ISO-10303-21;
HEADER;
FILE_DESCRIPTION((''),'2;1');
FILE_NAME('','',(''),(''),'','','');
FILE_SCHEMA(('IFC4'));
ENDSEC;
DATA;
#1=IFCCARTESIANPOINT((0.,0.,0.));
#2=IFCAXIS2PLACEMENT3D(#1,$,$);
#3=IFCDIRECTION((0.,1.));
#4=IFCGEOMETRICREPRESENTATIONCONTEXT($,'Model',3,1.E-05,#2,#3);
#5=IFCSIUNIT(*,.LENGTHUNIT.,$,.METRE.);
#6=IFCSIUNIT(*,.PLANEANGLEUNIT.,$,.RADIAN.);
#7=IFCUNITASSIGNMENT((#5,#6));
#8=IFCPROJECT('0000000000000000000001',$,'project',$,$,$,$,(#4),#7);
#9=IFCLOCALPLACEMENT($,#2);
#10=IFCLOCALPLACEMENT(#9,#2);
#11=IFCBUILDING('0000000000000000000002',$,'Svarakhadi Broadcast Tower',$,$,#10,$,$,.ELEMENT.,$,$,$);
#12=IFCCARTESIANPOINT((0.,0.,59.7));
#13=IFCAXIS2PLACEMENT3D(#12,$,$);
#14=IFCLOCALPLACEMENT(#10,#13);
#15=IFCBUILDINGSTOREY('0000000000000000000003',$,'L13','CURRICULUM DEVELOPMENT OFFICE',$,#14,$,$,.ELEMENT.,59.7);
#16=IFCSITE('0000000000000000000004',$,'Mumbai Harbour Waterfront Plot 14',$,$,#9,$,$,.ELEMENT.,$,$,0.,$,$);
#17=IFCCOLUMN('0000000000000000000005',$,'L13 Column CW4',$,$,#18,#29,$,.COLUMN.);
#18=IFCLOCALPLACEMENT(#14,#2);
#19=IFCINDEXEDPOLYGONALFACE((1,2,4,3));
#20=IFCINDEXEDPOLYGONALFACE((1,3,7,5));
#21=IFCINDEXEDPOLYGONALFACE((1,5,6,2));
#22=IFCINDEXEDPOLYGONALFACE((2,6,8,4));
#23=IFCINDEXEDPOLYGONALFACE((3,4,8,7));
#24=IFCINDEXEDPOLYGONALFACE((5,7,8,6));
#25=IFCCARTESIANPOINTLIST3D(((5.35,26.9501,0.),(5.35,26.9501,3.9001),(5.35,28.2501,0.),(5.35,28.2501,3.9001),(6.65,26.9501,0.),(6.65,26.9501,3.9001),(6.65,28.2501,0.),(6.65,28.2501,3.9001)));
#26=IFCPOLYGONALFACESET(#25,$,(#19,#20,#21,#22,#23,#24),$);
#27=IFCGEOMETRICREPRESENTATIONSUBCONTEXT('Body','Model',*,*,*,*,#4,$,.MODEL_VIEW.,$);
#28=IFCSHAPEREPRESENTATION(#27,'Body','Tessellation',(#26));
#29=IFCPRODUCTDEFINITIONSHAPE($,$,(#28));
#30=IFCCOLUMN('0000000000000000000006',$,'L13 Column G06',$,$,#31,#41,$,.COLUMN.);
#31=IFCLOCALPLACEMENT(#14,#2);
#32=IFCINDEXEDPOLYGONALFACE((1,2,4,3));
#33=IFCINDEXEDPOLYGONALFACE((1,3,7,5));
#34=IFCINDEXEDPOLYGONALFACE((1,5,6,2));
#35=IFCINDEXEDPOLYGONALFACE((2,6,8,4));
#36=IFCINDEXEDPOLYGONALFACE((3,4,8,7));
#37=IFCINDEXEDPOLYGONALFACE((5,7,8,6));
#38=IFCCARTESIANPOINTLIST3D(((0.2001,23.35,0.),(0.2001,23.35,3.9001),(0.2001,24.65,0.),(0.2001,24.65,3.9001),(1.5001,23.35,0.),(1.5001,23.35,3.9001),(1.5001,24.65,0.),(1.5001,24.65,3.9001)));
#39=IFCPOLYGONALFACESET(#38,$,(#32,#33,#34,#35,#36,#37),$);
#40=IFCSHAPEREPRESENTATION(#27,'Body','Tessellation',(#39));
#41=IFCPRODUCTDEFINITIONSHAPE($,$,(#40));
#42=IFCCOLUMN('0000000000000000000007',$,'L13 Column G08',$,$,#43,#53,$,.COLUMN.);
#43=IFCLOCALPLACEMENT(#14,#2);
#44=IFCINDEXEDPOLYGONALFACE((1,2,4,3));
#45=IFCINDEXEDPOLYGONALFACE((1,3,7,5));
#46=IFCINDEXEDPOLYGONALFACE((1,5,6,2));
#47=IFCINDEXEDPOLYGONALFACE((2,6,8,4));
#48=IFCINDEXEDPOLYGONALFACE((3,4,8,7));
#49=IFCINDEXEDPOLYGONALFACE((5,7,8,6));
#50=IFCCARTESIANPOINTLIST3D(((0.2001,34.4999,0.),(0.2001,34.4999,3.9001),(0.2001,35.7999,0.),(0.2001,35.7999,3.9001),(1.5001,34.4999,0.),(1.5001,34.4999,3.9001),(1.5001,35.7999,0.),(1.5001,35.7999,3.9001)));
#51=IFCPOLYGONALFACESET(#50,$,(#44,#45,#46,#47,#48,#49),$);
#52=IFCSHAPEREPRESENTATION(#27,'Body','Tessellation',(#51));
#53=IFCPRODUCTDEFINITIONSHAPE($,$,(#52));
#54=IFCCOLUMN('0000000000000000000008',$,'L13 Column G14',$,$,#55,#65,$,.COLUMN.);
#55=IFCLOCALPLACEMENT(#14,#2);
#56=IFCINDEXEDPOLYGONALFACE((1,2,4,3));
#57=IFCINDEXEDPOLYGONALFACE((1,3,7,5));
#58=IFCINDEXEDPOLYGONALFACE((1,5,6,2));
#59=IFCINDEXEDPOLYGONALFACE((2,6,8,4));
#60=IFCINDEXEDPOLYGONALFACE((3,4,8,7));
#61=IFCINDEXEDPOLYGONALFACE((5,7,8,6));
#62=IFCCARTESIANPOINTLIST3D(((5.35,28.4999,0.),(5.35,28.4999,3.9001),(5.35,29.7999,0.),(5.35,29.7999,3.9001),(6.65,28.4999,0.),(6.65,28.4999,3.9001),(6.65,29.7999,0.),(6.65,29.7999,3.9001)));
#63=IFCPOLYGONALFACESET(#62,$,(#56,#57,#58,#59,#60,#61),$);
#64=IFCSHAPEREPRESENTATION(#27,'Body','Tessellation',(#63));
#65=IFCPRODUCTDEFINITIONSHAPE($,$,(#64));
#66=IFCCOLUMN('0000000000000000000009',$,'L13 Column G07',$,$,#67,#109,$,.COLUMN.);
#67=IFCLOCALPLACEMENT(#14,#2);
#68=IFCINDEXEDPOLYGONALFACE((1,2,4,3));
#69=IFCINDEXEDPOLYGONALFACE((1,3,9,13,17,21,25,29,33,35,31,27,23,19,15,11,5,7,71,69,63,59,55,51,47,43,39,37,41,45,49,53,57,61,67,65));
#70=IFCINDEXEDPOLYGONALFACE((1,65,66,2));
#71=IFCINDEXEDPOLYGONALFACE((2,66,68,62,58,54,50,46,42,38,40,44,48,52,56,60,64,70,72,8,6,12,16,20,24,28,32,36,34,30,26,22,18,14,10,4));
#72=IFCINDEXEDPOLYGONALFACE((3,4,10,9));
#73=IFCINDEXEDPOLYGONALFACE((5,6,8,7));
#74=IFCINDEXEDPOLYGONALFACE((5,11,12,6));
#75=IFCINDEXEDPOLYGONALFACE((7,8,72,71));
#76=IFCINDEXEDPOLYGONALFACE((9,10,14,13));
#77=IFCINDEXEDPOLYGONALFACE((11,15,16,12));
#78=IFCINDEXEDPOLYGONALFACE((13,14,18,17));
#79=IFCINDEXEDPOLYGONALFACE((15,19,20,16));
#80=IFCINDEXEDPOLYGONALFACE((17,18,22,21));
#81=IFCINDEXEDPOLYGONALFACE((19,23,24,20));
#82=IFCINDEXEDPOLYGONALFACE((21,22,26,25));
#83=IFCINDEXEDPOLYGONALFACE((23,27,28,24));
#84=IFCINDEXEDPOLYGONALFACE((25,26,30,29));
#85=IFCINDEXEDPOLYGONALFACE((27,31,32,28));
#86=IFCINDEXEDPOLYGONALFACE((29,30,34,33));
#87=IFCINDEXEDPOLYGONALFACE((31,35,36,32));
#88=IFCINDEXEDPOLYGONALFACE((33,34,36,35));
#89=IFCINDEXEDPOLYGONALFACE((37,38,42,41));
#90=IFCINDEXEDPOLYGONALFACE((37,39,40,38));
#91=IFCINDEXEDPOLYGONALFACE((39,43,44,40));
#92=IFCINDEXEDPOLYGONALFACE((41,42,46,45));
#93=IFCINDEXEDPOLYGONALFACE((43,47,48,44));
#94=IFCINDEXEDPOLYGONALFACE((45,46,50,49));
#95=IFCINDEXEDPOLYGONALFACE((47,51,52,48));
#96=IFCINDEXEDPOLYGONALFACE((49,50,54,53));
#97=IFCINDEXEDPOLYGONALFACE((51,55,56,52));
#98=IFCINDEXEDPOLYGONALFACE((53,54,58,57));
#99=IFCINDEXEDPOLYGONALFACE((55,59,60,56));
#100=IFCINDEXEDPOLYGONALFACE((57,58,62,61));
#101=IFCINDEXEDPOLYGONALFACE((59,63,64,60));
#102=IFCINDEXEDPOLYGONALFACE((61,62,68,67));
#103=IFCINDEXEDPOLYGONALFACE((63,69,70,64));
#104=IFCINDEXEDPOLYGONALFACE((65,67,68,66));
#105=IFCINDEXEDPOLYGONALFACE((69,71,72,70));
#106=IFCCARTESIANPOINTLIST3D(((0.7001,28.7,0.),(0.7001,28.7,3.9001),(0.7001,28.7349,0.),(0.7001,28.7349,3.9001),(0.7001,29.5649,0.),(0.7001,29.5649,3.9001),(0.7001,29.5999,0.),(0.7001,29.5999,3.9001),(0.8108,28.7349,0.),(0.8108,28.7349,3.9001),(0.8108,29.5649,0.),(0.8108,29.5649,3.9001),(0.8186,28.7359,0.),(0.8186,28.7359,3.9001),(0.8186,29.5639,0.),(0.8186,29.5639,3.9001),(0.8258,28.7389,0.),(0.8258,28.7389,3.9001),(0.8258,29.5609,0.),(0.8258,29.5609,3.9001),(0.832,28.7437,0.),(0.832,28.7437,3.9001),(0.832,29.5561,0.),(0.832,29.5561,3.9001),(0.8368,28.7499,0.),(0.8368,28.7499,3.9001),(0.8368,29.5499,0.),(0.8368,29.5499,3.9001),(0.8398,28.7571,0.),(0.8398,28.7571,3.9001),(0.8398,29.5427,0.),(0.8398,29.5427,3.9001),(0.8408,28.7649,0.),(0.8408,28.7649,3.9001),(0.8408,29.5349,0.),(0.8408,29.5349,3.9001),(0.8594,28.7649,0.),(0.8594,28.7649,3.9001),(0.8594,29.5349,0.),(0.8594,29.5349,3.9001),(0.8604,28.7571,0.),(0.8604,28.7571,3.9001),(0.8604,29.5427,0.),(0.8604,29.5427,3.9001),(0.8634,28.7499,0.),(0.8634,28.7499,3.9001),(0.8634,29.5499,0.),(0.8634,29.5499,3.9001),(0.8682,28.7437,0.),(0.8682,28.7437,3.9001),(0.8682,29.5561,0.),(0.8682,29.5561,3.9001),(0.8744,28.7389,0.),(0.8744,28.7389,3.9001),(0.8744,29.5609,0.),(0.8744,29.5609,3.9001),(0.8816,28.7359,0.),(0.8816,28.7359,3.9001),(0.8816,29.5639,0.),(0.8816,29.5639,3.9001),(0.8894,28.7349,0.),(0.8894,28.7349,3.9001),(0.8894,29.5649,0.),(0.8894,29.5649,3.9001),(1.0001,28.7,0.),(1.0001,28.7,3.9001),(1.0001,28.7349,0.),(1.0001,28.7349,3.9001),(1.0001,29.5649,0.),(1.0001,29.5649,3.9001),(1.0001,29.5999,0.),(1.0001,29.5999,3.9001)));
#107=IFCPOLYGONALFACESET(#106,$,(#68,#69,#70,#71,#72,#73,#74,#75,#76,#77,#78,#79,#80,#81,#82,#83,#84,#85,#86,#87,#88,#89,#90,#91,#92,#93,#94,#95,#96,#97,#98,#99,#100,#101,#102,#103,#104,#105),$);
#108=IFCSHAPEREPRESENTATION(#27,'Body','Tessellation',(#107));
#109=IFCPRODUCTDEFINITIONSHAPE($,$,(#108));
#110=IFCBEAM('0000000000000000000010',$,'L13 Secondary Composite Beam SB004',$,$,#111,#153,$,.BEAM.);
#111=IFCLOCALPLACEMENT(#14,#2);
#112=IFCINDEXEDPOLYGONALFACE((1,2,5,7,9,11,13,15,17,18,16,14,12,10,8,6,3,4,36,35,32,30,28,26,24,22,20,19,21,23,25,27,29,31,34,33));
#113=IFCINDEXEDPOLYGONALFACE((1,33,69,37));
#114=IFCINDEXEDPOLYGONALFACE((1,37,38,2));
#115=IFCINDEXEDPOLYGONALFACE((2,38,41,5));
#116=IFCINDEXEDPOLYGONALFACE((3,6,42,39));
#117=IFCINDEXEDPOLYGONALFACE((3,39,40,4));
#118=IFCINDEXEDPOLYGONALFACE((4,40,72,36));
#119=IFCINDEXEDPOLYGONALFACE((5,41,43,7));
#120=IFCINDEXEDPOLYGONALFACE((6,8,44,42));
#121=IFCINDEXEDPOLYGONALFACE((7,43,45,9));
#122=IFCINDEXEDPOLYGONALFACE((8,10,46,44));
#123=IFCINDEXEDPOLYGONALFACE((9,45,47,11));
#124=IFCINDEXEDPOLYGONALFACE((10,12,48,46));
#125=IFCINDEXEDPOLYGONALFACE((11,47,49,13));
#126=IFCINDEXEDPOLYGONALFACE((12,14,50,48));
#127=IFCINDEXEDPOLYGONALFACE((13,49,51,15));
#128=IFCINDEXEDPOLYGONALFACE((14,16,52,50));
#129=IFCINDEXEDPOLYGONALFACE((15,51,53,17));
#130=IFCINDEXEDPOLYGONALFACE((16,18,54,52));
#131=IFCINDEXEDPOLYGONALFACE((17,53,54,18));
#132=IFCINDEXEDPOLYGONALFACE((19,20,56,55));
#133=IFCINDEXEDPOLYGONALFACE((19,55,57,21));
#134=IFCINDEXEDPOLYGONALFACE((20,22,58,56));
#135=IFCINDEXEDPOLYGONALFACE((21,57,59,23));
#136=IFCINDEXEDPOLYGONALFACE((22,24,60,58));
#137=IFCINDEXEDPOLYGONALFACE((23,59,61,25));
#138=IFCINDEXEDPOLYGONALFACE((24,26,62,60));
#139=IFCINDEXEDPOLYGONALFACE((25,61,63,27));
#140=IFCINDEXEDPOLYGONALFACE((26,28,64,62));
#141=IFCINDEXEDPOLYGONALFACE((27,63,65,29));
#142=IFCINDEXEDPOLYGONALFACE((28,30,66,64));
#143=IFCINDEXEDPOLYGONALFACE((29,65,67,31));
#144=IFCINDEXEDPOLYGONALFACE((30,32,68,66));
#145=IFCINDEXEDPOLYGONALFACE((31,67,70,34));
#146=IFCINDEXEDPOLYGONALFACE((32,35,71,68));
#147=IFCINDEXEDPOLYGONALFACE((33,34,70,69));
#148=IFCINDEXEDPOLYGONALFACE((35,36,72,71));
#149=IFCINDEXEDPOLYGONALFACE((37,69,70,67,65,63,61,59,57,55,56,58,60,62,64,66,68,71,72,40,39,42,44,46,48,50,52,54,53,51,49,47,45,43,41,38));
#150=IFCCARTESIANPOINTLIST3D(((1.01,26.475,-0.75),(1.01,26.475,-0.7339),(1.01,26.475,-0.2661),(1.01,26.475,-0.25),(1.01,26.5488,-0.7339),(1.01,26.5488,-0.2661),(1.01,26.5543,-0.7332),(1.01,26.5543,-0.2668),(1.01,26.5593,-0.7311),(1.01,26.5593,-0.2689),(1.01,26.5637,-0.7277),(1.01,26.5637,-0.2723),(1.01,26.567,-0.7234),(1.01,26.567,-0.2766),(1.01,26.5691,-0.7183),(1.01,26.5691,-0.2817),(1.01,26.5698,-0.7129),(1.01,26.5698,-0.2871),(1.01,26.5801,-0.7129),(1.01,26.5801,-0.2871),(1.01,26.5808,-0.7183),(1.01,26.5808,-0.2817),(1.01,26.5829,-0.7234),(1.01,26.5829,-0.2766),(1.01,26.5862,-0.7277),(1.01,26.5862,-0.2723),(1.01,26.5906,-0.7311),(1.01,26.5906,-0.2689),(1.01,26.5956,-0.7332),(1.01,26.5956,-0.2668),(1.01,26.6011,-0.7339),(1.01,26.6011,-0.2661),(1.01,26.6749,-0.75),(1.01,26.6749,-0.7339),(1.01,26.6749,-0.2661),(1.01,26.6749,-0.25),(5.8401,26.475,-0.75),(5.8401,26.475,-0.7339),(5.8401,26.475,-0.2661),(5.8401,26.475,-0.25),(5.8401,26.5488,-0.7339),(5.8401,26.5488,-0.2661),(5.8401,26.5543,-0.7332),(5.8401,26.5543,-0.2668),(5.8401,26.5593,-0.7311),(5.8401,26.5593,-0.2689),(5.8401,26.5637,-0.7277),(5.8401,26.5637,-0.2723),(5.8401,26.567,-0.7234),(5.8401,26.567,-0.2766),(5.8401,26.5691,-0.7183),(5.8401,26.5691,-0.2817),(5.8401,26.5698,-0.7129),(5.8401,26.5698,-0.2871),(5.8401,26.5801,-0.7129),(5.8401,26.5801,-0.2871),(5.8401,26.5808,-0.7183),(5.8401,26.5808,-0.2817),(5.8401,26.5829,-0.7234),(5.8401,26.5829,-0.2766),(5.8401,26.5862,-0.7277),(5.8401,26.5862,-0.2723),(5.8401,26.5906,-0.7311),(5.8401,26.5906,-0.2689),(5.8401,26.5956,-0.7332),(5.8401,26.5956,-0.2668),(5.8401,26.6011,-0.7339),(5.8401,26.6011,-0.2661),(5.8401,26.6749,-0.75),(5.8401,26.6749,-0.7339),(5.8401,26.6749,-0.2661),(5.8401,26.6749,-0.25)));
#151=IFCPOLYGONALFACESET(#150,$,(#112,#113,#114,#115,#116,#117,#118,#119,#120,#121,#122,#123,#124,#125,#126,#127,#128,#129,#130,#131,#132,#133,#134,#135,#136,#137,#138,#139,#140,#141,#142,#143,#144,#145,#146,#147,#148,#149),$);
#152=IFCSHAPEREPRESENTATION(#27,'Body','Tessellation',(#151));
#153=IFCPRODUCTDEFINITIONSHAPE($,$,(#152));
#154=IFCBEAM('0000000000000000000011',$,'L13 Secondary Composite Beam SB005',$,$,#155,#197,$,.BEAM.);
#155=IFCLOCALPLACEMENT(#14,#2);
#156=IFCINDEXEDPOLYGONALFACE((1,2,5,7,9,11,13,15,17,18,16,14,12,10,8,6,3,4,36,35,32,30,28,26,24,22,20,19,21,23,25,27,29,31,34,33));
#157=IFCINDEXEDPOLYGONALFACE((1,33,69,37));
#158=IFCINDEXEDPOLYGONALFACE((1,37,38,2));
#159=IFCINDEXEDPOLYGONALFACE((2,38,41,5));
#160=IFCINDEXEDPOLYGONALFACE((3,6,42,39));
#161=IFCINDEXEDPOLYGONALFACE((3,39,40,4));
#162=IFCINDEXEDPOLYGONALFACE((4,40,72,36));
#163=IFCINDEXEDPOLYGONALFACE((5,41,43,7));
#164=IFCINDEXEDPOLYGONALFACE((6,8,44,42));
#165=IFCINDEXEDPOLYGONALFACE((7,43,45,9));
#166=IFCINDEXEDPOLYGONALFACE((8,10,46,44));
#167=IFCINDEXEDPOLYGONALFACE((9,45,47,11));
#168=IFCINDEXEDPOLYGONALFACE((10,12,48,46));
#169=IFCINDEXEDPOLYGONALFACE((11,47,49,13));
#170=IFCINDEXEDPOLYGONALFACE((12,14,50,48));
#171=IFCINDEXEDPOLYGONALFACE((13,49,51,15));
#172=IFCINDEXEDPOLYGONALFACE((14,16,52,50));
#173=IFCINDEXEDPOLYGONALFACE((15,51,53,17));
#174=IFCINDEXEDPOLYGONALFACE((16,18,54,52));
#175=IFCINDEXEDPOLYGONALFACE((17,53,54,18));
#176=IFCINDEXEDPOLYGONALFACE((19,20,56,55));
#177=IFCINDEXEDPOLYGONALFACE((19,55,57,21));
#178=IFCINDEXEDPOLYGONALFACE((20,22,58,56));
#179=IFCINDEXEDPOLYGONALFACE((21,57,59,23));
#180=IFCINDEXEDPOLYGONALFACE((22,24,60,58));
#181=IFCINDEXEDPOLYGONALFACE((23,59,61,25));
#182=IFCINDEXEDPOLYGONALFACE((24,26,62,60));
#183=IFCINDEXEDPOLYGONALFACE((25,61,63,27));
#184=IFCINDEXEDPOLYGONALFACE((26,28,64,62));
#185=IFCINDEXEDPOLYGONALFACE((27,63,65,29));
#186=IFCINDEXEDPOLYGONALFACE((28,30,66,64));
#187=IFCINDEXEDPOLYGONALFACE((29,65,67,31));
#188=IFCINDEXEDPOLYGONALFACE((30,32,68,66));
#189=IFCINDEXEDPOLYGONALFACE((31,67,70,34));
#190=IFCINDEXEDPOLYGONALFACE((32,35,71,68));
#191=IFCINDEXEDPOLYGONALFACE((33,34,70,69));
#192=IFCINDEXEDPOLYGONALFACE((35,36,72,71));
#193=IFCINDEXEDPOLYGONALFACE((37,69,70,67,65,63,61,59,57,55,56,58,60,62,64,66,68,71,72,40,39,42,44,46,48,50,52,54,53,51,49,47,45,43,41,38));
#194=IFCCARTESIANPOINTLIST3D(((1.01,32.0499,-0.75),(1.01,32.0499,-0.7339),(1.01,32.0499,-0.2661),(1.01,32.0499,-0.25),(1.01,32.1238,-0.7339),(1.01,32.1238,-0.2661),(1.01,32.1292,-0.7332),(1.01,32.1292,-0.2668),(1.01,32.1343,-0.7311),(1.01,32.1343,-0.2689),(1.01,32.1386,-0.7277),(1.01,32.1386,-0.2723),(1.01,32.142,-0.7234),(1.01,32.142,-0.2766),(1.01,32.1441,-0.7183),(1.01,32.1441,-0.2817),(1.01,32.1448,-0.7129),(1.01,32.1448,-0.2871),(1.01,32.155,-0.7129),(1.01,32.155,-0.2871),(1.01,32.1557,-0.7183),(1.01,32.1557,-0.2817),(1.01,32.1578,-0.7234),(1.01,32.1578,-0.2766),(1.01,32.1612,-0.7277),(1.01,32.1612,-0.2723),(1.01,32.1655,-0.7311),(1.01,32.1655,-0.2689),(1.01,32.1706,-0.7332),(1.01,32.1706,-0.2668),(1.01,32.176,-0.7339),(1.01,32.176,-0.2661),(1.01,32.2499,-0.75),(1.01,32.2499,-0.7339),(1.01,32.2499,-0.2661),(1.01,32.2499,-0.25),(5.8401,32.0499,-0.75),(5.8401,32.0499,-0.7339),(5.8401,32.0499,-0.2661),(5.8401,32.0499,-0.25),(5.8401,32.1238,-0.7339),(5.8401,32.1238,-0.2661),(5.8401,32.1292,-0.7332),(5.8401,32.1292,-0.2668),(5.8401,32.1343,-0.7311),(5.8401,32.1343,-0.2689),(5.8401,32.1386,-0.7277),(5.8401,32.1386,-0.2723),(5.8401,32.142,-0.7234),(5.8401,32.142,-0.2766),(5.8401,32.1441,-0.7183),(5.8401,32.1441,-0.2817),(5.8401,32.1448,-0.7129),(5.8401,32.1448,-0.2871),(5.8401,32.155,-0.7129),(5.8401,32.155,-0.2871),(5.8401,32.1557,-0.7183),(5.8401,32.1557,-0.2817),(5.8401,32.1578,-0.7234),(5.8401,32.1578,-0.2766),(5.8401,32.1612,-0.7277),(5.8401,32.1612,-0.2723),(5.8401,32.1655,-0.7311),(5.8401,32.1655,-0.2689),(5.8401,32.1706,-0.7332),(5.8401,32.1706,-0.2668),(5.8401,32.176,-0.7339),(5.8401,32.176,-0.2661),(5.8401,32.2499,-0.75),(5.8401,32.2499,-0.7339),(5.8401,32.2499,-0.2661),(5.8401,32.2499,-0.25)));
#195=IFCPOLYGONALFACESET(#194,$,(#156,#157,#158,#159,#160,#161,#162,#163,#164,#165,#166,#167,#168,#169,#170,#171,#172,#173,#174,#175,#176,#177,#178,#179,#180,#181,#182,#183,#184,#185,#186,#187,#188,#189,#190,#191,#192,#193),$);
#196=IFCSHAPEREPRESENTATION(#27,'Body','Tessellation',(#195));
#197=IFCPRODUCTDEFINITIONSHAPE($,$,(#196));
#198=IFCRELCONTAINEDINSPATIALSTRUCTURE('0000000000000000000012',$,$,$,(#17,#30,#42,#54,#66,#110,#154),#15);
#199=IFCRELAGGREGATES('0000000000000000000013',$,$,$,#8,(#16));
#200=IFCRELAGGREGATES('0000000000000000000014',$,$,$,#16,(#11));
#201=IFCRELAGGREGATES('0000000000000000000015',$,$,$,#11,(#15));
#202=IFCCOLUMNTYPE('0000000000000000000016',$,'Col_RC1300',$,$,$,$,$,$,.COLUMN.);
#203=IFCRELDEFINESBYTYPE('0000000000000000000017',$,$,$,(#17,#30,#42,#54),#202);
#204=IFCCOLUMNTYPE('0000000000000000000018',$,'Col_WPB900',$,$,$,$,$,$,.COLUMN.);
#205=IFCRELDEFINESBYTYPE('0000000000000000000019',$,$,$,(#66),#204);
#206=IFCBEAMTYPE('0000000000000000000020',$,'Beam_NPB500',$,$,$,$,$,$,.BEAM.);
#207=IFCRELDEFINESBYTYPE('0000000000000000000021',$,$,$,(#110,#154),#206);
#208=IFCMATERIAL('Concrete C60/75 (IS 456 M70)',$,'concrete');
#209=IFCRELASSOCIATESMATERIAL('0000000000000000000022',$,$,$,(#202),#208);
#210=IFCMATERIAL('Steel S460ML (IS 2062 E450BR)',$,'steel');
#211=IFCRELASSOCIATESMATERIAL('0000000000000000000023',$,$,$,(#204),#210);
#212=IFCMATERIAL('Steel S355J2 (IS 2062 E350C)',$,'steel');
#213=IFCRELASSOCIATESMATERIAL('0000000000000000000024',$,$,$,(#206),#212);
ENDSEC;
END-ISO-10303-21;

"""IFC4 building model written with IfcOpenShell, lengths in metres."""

from ifc_helpers import new_model, si_unit, direction, frame, origin, origin_2d, place, context, subcontext, project, spatial, rectangle, i_section, extrude, material, material_profile, profile_set, type_object, element, save


model = new_model("IFC4")

# Units and contexts
model_context = context("Model", 3, precision=1e-05, world=origin(), true_north=direction((0.0, 1.0)))
body_context = subcontext(model_context, "Body", "Model", "MODEL_VIEW")
ifc_project = project(units=[si_unit("LENGTHUNIT", "METRE"), si_unit("PLANEANGLEUNIT", "RADIAN")], contexts=[model_context])

# Site, building, storey
site_placement = place(None, origin())
site = spatial("IfcSite", under=ifc_project, at=site_placement, Name="Mumbai Harbour Waterfront Plot 14", CompositionType="ELEMENT", RefElevation=0.0)
building_placement = place(site_placement, origin())
building = spatial("IfcBuilding", under=site, at=building_placement, Name="Svarakhadi Broadcast Tower", CompositionType="ELEMENT")
storey_placement = place(building_placement, frame((0.0, 0.0, 59.7)))
storey = spatial("IfcBuildingStorey", under=building, at=storey_placement, Name="L13", Description="CURRICULUM DEVELOPMENT OFFICE", CompositionType="ELEMENT", Elevation=59.7)

# Columns
ifc_material_1 = material(Name="Concrete C60/75 (IS 456 M70)", Category="concrete")
ifc_material_profile_1 = material_profile(ifc_material_1, rectangle(XDim=1.3, YDim=1.3, at=origin_2d()), Name="RC 1300x1300")
ifc_profile_set_1 = profile_set([ifc_material_profile_1], Name="Concrete C60/75 (IS 456 M70)")
column_type_1 = type_object("IfcColumnType", Name="Col_RC1300", PredefinedType="COLUMN", material=ifc_profile_set_1)
for number, where, z_axis, x_axis, name in (
    (1, (6.0, 27.6001, 0.0), (0.0, 0.0, 1.0), (1.0, 0.0, 0.0), "L13 Column CW4"),
    (2, (0.8501, 24.0, 0.0), (0.0, 0.0, 1.0), (1.0, 0.0, 0.0), "L13 Column G06"),
    (3, (0.8501, 35.1499, 0.0), (0.0, 0.0, 1.0), (1.0, 0.0, 0.0), "L13 Column G08"),
    (4, (6.0, 29.1499, 0.0), (0.0, 0.0, 1.0), (1.0, 0.0, 0.0), "L13 Column G14"),
):
    element("IfcColumn", number, at=place(storey_placement, frame(where, z_axis=z_axis, x_axis=x_axis)), inside=storey, type_object=column_type_1, Name=name, PredefinedType="COLUMN", context=body_context, shape_type="SweptSolid", body=[
        extrude(rectangle(XDim=1.3, YDim=1.3, at=origin_2d()), origin(), (0.0, 0.0, 1.0), 3.9001),
    ])
ifc_material_2 = material(Name="Steel S460ML (IS 2062 E450BR)", Category="steel")
ifc_material_profile_2 = material_profile(ifc_material_2, i_section(OverallWidth=0.3, OverallDepth=0.8999, WebThickness=0.0186, FlangeThickness=0.0349, FilletRadius=0.03, at=origin_2d()), Name="WPB 900x300x291")
ifc_profile_set_2 = profile_set([ifc_material_profile_2], Name="Steel S460ML (IS 2062 E450BR)")
column_type_2 = type_object("IfcColumnType", Name="Col_WPB900", PredefinedType="COLUMN", material=ifc_profile_set_2)
column_placement = place(storey_placement, frame((0.8501, 29.1499, 0.0), z_axis=(0.0, 0.0, 1.0), x_axis=(1.0, 0.0, 0.0)))
element("IfcColumn", 5, at=column_placement, inside=storey, type_object=column_type_2, Name="L13 Column G07", PredefinedType="COLUMN", context=body_context, shape_type="SweptSolid", body=[
    extrude(i_section(OverallWidth=0.3, OverallDepth=0.8999, WebThickness=0.0186, FlangeThickness=0.0349, FilletRadius=0.03, at=origin_2d()), origin(), (0.0, 0.0, 1.0), 3.9001),
])

# Beams
ifc_material_3 = material(Name="Steel S355J2 (IS 2062 E350C)", Category="steel")
ifc_material_profile_3 = material_profile(ifc_material_3, i_section(OverallWidth=0.2, OverallDepth=0.5, WebThickness=0.0103, FlangeThickness=0.0161, FilletRadius=0.021, at=origin_2d()), Name="NPB 500x200x91")
ifc_profile_set_3 = profile_set([ifc_material_profile_3], Name="Steel S355J2 (IS 2062 E350C)")
beam_type_1 = type_object("IfcBeamType", Name="Beam_NPB500", PredefinedType="BEAM", material=ifc_profile_set_3)
for number, where, z_axis, x_axis, name in (
    (6, (1.01, 26.575, -0.5), (1.0, 0.0, 0.0), (0.0, 1.0, 0.0), "L13 Secondary Composite Beam SB004"),
    (7, (1.01, 32.1499, -0.5), (1.0, 0.0, 0.0), (0.0, 1.0, 0.0), "L13 Secondary Composite Beam SB005"),
):
    element("IfcBeam", number, at=place(storey_placement, frame(where, z_axis=z_axis, x_axis=x_axis)), inside=storey, type_object=beam_type_1, Name=name, PredefinedType="BEAM", context=body_context, shape_type="SweptSolid", body=[
        extrude(i_section(OverallWidth=0.2, OverallDepth=0.5, WebThickness=0.0103, FlangeThickness=0.0161, FilletRadius=0.021, at=origin_2d()), origin(), (0.0, 0.0, 1.0), 4.8301),
    ])

save(model, "model.ifc")
